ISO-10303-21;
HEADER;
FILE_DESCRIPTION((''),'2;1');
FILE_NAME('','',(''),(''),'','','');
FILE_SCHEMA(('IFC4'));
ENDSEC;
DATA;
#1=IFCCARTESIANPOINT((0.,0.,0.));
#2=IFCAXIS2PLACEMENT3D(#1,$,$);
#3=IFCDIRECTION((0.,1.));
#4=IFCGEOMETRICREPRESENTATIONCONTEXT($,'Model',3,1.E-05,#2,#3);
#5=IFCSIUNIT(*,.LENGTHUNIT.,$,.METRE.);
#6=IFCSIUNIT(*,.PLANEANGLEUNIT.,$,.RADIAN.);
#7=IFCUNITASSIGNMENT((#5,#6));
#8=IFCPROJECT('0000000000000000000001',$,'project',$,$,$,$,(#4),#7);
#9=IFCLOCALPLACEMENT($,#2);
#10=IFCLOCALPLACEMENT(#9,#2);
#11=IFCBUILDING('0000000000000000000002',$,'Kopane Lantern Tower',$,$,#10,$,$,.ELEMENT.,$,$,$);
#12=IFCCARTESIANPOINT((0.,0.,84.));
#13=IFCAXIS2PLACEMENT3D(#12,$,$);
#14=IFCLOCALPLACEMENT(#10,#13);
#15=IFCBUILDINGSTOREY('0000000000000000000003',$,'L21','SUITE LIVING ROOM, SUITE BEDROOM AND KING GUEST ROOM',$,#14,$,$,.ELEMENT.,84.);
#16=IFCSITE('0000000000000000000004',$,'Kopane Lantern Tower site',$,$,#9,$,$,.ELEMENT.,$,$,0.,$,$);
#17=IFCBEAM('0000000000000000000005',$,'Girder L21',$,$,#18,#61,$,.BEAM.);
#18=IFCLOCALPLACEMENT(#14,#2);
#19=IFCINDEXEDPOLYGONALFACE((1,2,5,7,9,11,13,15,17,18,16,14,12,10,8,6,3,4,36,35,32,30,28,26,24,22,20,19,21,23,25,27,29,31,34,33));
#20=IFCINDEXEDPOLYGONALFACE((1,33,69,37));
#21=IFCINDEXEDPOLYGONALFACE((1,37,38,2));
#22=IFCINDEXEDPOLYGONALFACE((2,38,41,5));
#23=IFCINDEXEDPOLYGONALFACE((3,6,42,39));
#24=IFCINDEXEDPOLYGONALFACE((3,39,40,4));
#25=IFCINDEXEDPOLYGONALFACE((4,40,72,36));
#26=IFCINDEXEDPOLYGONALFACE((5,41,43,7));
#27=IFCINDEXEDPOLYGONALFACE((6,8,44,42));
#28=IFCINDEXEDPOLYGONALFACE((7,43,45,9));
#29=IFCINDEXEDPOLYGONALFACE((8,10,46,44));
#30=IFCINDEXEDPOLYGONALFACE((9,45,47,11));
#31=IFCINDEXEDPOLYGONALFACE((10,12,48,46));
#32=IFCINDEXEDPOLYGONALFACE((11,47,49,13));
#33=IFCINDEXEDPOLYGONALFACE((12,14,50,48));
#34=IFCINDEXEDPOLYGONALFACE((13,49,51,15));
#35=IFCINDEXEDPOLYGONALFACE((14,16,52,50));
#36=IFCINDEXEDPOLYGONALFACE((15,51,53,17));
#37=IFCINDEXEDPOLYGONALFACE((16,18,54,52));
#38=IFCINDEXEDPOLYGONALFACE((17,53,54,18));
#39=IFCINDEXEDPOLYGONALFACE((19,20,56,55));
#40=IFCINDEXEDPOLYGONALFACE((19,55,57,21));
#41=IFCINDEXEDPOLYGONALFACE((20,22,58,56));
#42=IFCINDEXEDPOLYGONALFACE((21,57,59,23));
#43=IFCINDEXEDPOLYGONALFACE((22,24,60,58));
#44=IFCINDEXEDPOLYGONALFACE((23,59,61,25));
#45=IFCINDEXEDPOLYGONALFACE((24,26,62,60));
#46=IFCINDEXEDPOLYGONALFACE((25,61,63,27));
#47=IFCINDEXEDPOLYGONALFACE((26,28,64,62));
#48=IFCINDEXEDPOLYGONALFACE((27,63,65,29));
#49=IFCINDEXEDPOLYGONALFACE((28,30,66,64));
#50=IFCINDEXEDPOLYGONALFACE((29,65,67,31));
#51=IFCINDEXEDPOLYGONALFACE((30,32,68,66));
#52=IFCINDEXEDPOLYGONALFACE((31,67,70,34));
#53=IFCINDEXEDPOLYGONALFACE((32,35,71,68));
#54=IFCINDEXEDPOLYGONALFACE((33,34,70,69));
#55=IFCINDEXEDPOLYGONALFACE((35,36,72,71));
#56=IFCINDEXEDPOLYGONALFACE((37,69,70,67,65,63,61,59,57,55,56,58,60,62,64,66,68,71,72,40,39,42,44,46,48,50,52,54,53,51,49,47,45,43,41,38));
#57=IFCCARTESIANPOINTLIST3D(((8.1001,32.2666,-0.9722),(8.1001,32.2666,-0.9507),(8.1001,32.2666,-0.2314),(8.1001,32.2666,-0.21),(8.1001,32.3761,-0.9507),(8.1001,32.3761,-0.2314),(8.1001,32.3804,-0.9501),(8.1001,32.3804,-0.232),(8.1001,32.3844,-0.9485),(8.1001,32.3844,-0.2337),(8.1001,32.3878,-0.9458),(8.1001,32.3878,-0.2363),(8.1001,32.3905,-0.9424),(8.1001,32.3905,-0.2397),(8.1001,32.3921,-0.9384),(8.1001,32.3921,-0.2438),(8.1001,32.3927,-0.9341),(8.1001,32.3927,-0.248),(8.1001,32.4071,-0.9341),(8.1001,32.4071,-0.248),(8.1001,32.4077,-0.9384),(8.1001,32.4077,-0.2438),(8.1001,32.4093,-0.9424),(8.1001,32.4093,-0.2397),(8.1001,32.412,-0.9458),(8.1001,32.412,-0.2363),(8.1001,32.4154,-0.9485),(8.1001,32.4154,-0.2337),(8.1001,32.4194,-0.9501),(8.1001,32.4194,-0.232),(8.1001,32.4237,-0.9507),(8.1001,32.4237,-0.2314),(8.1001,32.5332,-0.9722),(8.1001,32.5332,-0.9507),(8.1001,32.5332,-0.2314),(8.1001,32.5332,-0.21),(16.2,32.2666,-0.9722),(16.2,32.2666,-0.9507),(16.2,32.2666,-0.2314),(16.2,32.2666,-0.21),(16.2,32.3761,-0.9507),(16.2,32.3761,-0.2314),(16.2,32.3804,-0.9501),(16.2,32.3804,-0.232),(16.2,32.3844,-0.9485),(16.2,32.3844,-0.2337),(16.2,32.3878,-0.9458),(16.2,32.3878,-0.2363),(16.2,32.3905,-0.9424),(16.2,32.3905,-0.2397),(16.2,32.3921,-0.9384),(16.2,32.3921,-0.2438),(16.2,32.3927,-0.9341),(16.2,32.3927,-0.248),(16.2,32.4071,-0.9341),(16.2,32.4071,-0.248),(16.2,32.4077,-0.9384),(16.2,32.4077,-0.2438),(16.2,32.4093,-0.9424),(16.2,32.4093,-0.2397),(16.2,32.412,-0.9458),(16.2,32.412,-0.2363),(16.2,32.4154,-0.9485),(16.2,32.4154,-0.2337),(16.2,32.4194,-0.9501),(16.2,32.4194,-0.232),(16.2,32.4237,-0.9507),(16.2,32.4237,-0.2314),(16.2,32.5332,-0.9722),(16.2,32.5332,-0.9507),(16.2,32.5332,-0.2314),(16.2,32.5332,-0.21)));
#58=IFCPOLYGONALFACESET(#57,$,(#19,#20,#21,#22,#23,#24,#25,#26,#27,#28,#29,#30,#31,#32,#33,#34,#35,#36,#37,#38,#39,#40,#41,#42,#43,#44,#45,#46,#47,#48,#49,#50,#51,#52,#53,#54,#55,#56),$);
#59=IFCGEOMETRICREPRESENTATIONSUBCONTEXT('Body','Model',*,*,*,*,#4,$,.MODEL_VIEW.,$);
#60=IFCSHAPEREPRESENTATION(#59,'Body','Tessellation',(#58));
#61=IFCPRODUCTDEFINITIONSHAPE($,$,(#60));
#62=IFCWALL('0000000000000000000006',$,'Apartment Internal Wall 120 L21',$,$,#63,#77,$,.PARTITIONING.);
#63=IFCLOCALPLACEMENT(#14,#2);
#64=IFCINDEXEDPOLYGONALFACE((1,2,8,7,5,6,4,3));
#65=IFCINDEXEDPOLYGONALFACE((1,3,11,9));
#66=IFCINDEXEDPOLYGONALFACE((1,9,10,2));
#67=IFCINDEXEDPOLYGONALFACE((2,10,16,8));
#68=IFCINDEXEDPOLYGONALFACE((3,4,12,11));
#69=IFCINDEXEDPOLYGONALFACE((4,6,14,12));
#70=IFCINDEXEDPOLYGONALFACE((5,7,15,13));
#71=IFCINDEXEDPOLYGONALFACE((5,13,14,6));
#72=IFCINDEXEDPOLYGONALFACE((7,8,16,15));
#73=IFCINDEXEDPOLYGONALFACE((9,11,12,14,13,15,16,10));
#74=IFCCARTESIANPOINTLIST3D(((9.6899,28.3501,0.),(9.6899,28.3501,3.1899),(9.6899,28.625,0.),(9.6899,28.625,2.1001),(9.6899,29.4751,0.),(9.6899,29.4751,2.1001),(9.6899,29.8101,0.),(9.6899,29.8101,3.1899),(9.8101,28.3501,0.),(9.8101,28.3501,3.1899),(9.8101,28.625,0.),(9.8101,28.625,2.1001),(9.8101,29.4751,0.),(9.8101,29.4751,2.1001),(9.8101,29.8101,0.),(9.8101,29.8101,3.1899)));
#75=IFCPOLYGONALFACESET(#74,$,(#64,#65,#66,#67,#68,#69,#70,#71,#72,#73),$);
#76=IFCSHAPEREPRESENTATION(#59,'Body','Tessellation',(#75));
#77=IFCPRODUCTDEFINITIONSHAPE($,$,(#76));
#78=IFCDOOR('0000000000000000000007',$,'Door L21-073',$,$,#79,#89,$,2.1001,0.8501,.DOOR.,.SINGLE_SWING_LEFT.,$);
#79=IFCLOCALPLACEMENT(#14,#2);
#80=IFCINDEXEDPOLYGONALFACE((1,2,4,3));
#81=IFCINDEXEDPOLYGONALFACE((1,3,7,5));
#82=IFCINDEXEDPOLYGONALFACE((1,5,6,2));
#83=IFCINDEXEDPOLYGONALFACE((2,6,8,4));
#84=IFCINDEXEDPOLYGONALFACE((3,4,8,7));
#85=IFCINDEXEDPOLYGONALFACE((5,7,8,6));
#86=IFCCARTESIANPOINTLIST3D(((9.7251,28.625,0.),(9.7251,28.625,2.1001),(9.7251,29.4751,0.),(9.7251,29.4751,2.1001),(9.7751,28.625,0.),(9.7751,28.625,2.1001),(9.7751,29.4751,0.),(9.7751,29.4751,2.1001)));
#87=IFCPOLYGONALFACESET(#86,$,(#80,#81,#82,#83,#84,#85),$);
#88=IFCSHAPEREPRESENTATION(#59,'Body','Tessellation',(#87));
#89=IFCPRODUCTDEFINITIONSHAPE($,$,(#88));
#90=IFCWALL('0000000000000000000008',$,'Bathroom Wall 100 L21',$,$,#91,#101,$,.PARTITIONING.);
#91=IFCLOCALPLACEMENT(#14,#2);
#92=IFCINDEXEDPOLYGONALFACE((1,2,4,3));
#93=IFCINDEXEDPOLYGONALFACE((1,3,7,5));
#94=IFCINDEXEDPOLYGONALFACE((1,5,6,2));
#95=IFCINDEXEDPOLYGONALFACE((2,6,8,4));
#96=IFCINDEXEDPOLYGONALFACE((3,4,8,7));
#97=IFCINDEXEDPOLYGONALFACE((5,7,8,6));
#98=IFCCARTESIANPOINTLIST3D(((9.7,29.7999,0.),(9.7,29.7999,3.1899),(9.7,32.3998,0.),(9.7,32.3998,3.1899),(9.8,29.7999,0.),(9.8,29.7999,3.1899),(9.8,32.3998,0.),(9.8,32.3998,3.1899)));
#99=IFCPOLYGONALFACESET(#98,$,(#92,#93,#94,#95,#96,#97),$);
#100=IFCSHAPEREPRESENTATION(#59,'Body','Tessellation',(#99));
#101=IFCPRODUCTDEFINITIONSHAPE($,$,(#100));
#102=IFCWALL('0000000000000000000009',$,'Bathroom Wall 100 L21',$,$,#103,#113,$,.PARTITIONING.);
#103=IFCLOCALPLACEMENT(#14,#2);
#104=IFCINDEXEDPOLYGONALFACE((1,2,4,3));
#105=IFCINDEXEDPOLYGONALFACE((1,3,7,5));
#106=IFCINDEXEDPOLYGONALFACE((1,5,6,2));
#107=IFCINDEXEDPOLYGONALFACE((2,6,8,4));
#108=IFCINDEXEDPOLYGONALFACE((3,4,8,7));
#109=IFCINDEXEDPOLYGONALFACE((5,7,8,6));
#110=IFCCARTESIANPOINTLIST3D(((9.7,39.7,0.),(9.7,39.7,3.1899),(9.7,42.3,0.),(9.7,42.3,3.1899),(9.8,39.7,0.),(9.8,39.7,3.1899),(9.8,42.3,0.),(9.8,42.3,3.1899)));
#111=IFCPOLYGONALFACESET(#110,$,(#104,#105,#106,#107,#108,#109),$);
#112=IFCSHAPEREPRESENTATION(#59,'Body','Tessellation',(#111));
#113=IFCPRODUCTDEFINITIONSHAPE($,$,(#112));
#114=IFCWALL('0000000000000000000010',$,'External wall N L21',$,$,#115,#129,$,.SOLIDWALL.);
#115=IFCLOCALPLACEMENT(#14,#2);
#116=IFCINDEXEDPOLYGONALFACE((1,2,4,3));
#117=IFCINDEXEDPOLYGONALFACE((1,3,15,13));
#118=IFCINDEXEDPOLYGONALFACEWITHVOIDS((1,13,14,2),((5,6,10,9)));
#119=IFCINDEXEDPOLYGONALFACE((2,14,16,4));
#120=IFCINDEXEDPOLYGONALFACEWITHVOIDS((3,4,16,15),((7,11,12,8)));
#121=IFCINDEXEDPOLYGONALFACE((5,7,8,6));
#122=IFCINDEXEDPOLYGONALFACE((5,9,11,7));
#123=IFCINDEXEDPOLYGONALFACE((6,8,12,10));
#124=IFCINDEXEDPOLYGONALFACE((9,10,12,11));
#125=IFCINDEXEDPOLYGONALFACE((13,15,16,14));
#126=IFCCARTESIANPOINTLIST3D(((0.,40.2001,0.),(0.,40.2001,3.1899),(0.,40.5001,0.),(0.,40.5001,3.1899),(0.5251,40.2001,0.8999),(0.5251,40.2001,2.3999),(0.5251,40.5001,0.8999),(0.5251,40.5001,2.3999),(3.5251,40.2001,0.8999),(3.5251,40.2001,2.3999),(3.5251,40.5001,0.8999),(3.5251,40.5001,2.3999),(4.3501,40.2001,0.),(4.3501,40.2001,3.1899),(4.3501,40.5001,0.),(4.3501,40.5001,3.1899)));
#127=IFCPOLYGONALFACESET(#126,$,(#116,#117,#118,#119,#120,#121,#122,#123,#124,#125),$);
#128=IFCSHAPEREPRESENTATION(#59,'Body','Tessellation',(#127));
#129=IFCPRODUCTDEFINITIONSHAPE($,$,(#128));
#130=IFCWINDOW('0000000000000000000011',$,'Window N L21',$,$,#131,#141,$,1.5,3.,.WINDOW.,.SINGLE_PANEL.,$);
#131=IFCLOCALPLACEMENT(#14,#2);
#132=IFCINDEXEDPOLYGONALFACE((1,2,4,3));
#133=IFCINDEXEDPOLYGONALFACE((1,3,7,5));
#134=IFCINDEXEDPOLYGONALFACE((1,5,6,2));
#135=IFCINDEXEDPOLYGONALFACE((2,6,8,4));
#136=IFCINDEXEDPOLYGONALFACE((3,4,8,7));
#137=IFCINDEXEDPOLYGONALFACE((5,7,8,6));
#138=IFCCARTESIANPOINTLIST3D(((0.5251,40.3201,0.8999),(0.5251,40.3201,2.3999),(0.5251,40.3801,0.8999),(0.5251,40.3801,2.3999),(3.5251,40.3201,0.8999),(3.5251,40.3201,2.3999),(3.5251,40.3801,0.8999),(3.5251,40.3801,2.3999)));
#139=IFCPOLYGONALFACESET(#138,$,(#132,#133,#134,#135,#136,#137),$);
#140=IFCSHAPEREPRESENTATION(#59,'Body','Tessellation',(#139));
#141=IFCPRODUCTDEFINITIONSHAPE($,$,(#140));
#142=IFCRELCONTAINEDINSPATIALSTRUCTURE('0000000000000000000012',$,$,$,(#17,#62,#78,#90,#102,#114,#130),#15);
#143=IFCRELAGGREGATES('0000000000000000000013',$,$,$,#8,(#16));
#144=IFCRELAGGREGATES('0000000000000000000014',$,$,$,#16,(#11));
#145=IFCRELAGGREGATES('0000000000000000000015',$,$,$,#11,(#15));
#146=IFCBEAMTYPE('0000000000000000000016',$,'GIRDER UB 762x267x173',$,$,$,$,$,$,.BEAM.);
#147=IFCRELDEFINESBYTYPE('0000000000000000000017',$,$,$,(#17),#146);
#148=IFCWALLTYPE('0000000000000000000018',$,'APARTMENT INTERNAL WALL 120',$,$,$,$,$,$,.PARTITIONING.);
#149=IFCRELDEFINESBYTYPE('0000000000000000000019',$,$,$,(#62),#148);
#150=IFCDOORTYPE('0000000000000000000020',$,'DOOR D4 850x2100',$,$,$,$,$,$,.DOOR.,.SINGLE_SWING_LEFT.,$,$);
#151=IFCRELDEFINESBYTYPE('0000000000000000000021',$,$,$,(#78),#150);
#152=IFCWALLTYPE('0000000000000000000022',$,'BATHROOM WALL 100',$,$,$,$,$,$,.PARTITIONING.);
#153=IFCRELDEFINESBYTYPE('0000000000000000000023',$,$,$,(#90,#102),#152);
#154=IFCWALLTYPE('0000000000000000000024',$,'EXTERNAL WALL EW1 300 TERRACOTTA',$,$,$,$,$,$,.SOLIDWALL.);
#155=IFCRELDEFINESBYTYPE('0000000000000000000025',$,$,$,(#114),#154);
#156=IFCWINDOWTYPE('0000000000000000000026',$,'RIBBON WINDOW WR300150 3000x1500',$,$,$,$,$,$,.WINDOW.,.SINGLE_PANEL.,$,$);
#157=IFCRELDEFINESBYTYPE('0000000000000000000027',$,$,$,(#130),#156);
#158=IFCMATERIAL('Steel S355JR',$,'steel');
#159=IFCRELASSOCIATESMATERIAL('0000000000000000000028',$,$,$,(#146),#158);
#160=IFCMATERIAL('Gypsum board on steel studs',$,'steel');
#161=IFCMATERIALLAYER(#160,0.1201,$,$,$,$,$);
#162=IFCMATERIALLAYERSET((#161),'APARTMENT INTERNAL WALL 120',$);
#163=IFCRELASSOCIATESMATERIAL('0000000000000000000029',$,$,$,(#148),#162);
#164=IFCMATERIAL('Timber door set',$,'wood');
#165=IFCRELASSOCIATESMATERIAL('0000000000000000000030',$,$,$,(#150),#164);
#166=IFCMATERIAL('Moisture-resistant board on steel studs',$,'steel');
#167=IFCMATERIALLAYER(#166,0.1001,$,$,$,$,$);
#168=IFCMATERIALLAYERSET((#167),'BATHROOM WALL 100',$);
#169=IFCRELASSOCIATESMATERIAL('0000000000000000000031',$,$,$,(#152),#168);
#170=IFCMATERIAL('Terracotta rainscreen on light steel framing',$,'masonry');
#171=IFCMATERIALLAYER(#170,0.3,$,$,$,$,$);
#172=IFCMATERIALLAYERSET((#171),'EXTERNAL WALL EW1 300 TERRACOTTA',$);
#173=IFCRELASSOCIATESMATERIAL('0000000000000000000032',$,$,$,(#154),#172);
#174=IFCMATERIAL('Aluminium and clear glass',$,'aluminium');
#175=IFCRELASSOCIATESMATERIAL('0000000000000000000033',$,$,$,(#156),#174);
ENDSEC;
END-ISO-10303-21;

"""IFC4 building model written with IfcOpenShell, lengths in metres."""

from ifc_helpers import new_model, si_unit, direction, frame, frame_2d, origin, origin_2d, place, context, subcontext, project, spatial, rectangle, i_section, extrude, material, layer, layer_set, material_profile, profile_set, type_object, element, fill, save


model = new_model("IFC4")

# Units and contexts
model_context = context("Model", 3, precision=1e-05, world=origin(), true_north=direction((0.0, 1.0)))
body_context = subcontext(model_context, "Body", "Model", "MODEL_VIEW")
ifc_project = project(units=[si_unit("LENGTHUNIT", "METRE"), si_unit("PLANEANGLEUNIT", "RADIAN")], contexts=[model_context])

# Site, building, storey
site_placement = place(None, origin())
site = spatial("IfcSite", under=ifc_project, at=site_placement, Name="Kopane Lantern Tower site", CompositionType="ELEMENT", RefElevation=0.0)
building_placement = place(site_placement, origin())
building = spatial("IfcBuilding", under=site, at=building_placement, Name="Kopane Lantern Tower", CompositionType="ELEMENT")
storey_placement = place(building_placement, frame((0.0, 0.0, 84.0)))
storey = spatial("IfcBuildingStorey", under=building, at=storey_placement, Name="L21", Description="SUITE LIVING ROOM, SUITE BEDROOM AND KING GUEST ROOM", CompositionType="ELEMENT", Elevation=84.0)

# Beam
ifc_material_1 = material(Name="Steel S355JR", Category="steel")
ifc_material_profile_1 = material_profile(ifc_material_1, i_section(OverallWidth=0.2666, OverallDepth=0.7622, WebThickness=0.0144, FlangeThickness=0.0215, FilletRadius=0.0166, at=origin_2d()), Name="UB 762x267x173")
ifc_profile_set_1 = profile_set([ifc_material_profile_1], Name="Steel S355JR")
beam_type = type_object("IfcBeamType", Name="GIRDER UB 762x267x173", PredefinedType="BEAM", material=ifc_profile_set_1)
beam_placement = place(storey_placement, frame((8.1001, 32.3999, -0.5911), z_axis=(1.0, 0.0, 0.0), x_axis=(0.0, 1.0, 0.0)))
element("IfcBeam", 1, at=beam_placement, inside=storey, type_object=beam_type, Name="Girder L21", PredefinedType="BEAM", context=body_context, shape_type="SweptSolid", body=[
    extrude(i_section(OverallWidth=0.2666, OverallDepth=0.7622, WebThickness=0.0144, FlangeThickness=0.0215, FilletRadius=0.0166, at=origin_2d()), origin(), (0.0, 0.0, 1.0), 8.0999),
])

# Wall, opening, door
ifc_material_2 = material(Name="Gypsum board on steel studs", Category="steel")
ifc_layer_1 = layer(ifc_material_2, 0.1201)
ifc_layer_set_1 = layer_set([ifc_layer_1], Name="APARTMENT INTERNAL WALL 120")
wall_type_1 = type_object("IfcWallType", Name="APARTMENT INTERNAL WALL 120", PredefinedType="PARTITIONING", material=ifc_layer_set_1)
wall_1_placement = place(storey_placement, frame((9.75, 28.3501, 0.0), z_axis=(0.0, 0.0, 1.0), x_axis=(0.0, 1.0, 0.0)))
wall_1 = element("IfcWall", 2, at=wall_1_placement, inside=storey, type_object=wall_type_1, Name="Apartment Internal Wall 120 L21", PredefinedType="PARTITIONING", context=body_context, shape_type="SweptSolid", body=[
    extrude(rectangle(XDim=1.46, YDim=0.1201, at=frame_2d((0.73, 0.0))), origin(), (0.0, 0.0, 1.0), 3.1899),
])
opening_1_placement = place(wall_1_placement, frame((0.2749, 0.0, 0.0)))
opening_1 = element("IfcOpeningElement", 3, at=opening_1_placement, cuts=wall_1, PredefinedType="OPENING", context=body_context, shape_type="SweptSolid", body=[
    extrude(rectangle(XDim=0.8501, YDim=2.1001, at=frame_2d((0.425, 1.05))), frame((0.0, 0.0701, 0.0), z_axis=(0.0, -1.0, 0.0), x_axis=(1.0, 0.0, 0.0)), (0.0, 0.0, 1.0), 0.1401),
])
ifc_material_3 = material(Name="Timber door set", Category="wood")
door_type = type_object("IfcDoorType", Name="DOOR D4 850x2100", OperationType="SINGLE_SWING_LEFT", PredefinedType="DOOR", material=ifc_material_3)
door_placement = place(opening_1_placement, origin())
door = element("IfcDoor", 4, at=door_placement, inside=storey, type_object=door_type, Name="Door L21-073", OperationType="SINGLE_SWING_LEFT", OverallHeight=2.1001, OverallWidth=0.8501, PredefinedType="DOOR", context=body_context, shape_type="SweptSolid", body=[
    extrude(rectangle(XDim=0.8501, YDim=2.1001, at=frame_2d((0.425, 1.05))), frame((0.0, 0.0249, 0.0), z_axis=(0.0, -1.0, 0.0), x_axis=(1.0, 0.0, 0.0)), (0.0, 0.0, 1.0), 0.05),
])
fill(opening_1, door)

# Walls
ifc_material_4 = material(Name="Moisture-resistant board on steel studs", Category="steel")
ifc_layer_2 = layer(ifc_material_4, 0.1001)
ifc_layer_set_2 = layer_set([ifc_layer_2], Name="BATHROOM WALL 100")
wall_type_2 = type_object("IfcWallType", Name="BATHROOM WALL 100", PredefinedType="PARTITIONING", material=ifc_layer_set_2)
wall_2_placement = place(storey_placement, frame((9.75, 29.8, 0.0), z_axis=(0.0, 0.0, 1.0), x_axis=(0.0, 1.0, 0.0)))
element("IfcWall", 5, at=wall_2_placement, inside=storey, type_object=wall_type_2, Name="Bathroom Wall 100 L21", PredefinedType="PARTITIONING", context=body_context, shape_type="SweptSolid", body=[
    extrude(rectangle(XDim=2.5999, YDim=0.1001, at=frame_2d((1.2998, 0.0))), origin(), (0.0, 0.0, 1.0), 3.1899),
])
wall_3_placement = place(storey_placement, frame((9.75, 39.7, 0.0), z_axis=(0.0, 0.0, 1.0), x_axis=(0.0, 1.0, 0.0)))
element("IfcWall", 6, at=wall_3_placement, inside=storey, type_object=wall_type_2, Name="Bathroom Wall 100 L21", PredefinedType="PARTITIONING", context=body_context, shape_type="SweptSolid", body=[
    extrude(rectangle(XDim=2.6001, YDim=0.1001, at=frame_2d((1.3, 0.0))), origin(), (0.0, 0.0, 1.0), 3.1899),
])

# Wall, opening, window
ifc_material_5 = material(Name="Terracotta rainscreen on light steel framing", Category="masonry")
ifc_layer_3 = layer(ifc_material_5, 0.3)
ifc_layer_set_3 = layer_set([ifc_layer_3], Name="EXTERNAL WALL EW1 300 TERRACOTTA")
wall_type_3 = type_object("IfcWallType", Name="EXTERNAL WALL EW1 300 TERRACOTTA", PredefinedType="SOLIDWALL", material=ifc_layer_set_3)
wall_4_placement = place(storey_placement, frame((4.3501, 40.3501, 0.0), z_axis=(0.0, 0.0, 1.0), x_axis=(-1.0, 0.0, 0.0)))
wall_4 = element("IfcWall", 7, at=wall_4_placement, inside=storey, type_object=wall_type_3, Name="External wall N L21", PredefinedType="SOLIDWALL", context=body_context, shape_type="SweptSolid", body=[
    extrude(rectangle(XDim=4.3501, YDim=0.3, at=frame_2d((2.175, 0.0))), origin(), (0.0, 0.0, 1.0), 3.1899),
])
opening_2_placement = place(wall_4_placement, frame((0.825, 0.0, 0.8999)))
opening_2 = element("IfcOpeningElement", 8, at=opening_2_placement, cuts=wall_4, PredefinedType="OPENING", context=body_context, shape_type="SweptSolid", body=[
    extrude(rectangle(XDim=3.0, YDim=1.5, at=frame_2d((1.5, 0.75))), frame((0.0, 0.1599, 0.0), z_axis=(0.0, -1.0, 0.0), x_axis=(1.0, 0.0, 0.0)), (0.0, 0.0, 1.0), 0.3201),
])
ifc_material_6 = material(Name="Aluminium and clear glass", Category="aluminium")
window_type = type_object("IfcWindowType", Name="RIBBON WINDOW WR300150 3000x1500", PartitioningType="SINGLE_PANEL", PredefinedType="WINDOW", material=ifc_material_6)
window_1_placement = place(opening_2_placement, origin())
window_1 = element("IfcWindow", 9, at=window_1_placement, inside=storey, type_object=window_type, Name="Window N L21", OverallHeight=1.5, OverallWidth=3.0, PartitioningType="SINGLE_PANEL", PredefinedType="WINDOW", context=body_context, shape_type="SweptSolid", body=[
    extrude(rectangle(XDim=3.0, YDim=1.5, at=frame_2d((1.5, 0.75))), frame((0.0, 0.03, 0.0), z_axis=(0.0, -1.0, 0.0), x_axis=(1.0, 0.0, 0.0)), (0.0, 0.0, 1.0), 0.0601),
])
fill(opening_2, window_1)

save(model, "model.ifc")
